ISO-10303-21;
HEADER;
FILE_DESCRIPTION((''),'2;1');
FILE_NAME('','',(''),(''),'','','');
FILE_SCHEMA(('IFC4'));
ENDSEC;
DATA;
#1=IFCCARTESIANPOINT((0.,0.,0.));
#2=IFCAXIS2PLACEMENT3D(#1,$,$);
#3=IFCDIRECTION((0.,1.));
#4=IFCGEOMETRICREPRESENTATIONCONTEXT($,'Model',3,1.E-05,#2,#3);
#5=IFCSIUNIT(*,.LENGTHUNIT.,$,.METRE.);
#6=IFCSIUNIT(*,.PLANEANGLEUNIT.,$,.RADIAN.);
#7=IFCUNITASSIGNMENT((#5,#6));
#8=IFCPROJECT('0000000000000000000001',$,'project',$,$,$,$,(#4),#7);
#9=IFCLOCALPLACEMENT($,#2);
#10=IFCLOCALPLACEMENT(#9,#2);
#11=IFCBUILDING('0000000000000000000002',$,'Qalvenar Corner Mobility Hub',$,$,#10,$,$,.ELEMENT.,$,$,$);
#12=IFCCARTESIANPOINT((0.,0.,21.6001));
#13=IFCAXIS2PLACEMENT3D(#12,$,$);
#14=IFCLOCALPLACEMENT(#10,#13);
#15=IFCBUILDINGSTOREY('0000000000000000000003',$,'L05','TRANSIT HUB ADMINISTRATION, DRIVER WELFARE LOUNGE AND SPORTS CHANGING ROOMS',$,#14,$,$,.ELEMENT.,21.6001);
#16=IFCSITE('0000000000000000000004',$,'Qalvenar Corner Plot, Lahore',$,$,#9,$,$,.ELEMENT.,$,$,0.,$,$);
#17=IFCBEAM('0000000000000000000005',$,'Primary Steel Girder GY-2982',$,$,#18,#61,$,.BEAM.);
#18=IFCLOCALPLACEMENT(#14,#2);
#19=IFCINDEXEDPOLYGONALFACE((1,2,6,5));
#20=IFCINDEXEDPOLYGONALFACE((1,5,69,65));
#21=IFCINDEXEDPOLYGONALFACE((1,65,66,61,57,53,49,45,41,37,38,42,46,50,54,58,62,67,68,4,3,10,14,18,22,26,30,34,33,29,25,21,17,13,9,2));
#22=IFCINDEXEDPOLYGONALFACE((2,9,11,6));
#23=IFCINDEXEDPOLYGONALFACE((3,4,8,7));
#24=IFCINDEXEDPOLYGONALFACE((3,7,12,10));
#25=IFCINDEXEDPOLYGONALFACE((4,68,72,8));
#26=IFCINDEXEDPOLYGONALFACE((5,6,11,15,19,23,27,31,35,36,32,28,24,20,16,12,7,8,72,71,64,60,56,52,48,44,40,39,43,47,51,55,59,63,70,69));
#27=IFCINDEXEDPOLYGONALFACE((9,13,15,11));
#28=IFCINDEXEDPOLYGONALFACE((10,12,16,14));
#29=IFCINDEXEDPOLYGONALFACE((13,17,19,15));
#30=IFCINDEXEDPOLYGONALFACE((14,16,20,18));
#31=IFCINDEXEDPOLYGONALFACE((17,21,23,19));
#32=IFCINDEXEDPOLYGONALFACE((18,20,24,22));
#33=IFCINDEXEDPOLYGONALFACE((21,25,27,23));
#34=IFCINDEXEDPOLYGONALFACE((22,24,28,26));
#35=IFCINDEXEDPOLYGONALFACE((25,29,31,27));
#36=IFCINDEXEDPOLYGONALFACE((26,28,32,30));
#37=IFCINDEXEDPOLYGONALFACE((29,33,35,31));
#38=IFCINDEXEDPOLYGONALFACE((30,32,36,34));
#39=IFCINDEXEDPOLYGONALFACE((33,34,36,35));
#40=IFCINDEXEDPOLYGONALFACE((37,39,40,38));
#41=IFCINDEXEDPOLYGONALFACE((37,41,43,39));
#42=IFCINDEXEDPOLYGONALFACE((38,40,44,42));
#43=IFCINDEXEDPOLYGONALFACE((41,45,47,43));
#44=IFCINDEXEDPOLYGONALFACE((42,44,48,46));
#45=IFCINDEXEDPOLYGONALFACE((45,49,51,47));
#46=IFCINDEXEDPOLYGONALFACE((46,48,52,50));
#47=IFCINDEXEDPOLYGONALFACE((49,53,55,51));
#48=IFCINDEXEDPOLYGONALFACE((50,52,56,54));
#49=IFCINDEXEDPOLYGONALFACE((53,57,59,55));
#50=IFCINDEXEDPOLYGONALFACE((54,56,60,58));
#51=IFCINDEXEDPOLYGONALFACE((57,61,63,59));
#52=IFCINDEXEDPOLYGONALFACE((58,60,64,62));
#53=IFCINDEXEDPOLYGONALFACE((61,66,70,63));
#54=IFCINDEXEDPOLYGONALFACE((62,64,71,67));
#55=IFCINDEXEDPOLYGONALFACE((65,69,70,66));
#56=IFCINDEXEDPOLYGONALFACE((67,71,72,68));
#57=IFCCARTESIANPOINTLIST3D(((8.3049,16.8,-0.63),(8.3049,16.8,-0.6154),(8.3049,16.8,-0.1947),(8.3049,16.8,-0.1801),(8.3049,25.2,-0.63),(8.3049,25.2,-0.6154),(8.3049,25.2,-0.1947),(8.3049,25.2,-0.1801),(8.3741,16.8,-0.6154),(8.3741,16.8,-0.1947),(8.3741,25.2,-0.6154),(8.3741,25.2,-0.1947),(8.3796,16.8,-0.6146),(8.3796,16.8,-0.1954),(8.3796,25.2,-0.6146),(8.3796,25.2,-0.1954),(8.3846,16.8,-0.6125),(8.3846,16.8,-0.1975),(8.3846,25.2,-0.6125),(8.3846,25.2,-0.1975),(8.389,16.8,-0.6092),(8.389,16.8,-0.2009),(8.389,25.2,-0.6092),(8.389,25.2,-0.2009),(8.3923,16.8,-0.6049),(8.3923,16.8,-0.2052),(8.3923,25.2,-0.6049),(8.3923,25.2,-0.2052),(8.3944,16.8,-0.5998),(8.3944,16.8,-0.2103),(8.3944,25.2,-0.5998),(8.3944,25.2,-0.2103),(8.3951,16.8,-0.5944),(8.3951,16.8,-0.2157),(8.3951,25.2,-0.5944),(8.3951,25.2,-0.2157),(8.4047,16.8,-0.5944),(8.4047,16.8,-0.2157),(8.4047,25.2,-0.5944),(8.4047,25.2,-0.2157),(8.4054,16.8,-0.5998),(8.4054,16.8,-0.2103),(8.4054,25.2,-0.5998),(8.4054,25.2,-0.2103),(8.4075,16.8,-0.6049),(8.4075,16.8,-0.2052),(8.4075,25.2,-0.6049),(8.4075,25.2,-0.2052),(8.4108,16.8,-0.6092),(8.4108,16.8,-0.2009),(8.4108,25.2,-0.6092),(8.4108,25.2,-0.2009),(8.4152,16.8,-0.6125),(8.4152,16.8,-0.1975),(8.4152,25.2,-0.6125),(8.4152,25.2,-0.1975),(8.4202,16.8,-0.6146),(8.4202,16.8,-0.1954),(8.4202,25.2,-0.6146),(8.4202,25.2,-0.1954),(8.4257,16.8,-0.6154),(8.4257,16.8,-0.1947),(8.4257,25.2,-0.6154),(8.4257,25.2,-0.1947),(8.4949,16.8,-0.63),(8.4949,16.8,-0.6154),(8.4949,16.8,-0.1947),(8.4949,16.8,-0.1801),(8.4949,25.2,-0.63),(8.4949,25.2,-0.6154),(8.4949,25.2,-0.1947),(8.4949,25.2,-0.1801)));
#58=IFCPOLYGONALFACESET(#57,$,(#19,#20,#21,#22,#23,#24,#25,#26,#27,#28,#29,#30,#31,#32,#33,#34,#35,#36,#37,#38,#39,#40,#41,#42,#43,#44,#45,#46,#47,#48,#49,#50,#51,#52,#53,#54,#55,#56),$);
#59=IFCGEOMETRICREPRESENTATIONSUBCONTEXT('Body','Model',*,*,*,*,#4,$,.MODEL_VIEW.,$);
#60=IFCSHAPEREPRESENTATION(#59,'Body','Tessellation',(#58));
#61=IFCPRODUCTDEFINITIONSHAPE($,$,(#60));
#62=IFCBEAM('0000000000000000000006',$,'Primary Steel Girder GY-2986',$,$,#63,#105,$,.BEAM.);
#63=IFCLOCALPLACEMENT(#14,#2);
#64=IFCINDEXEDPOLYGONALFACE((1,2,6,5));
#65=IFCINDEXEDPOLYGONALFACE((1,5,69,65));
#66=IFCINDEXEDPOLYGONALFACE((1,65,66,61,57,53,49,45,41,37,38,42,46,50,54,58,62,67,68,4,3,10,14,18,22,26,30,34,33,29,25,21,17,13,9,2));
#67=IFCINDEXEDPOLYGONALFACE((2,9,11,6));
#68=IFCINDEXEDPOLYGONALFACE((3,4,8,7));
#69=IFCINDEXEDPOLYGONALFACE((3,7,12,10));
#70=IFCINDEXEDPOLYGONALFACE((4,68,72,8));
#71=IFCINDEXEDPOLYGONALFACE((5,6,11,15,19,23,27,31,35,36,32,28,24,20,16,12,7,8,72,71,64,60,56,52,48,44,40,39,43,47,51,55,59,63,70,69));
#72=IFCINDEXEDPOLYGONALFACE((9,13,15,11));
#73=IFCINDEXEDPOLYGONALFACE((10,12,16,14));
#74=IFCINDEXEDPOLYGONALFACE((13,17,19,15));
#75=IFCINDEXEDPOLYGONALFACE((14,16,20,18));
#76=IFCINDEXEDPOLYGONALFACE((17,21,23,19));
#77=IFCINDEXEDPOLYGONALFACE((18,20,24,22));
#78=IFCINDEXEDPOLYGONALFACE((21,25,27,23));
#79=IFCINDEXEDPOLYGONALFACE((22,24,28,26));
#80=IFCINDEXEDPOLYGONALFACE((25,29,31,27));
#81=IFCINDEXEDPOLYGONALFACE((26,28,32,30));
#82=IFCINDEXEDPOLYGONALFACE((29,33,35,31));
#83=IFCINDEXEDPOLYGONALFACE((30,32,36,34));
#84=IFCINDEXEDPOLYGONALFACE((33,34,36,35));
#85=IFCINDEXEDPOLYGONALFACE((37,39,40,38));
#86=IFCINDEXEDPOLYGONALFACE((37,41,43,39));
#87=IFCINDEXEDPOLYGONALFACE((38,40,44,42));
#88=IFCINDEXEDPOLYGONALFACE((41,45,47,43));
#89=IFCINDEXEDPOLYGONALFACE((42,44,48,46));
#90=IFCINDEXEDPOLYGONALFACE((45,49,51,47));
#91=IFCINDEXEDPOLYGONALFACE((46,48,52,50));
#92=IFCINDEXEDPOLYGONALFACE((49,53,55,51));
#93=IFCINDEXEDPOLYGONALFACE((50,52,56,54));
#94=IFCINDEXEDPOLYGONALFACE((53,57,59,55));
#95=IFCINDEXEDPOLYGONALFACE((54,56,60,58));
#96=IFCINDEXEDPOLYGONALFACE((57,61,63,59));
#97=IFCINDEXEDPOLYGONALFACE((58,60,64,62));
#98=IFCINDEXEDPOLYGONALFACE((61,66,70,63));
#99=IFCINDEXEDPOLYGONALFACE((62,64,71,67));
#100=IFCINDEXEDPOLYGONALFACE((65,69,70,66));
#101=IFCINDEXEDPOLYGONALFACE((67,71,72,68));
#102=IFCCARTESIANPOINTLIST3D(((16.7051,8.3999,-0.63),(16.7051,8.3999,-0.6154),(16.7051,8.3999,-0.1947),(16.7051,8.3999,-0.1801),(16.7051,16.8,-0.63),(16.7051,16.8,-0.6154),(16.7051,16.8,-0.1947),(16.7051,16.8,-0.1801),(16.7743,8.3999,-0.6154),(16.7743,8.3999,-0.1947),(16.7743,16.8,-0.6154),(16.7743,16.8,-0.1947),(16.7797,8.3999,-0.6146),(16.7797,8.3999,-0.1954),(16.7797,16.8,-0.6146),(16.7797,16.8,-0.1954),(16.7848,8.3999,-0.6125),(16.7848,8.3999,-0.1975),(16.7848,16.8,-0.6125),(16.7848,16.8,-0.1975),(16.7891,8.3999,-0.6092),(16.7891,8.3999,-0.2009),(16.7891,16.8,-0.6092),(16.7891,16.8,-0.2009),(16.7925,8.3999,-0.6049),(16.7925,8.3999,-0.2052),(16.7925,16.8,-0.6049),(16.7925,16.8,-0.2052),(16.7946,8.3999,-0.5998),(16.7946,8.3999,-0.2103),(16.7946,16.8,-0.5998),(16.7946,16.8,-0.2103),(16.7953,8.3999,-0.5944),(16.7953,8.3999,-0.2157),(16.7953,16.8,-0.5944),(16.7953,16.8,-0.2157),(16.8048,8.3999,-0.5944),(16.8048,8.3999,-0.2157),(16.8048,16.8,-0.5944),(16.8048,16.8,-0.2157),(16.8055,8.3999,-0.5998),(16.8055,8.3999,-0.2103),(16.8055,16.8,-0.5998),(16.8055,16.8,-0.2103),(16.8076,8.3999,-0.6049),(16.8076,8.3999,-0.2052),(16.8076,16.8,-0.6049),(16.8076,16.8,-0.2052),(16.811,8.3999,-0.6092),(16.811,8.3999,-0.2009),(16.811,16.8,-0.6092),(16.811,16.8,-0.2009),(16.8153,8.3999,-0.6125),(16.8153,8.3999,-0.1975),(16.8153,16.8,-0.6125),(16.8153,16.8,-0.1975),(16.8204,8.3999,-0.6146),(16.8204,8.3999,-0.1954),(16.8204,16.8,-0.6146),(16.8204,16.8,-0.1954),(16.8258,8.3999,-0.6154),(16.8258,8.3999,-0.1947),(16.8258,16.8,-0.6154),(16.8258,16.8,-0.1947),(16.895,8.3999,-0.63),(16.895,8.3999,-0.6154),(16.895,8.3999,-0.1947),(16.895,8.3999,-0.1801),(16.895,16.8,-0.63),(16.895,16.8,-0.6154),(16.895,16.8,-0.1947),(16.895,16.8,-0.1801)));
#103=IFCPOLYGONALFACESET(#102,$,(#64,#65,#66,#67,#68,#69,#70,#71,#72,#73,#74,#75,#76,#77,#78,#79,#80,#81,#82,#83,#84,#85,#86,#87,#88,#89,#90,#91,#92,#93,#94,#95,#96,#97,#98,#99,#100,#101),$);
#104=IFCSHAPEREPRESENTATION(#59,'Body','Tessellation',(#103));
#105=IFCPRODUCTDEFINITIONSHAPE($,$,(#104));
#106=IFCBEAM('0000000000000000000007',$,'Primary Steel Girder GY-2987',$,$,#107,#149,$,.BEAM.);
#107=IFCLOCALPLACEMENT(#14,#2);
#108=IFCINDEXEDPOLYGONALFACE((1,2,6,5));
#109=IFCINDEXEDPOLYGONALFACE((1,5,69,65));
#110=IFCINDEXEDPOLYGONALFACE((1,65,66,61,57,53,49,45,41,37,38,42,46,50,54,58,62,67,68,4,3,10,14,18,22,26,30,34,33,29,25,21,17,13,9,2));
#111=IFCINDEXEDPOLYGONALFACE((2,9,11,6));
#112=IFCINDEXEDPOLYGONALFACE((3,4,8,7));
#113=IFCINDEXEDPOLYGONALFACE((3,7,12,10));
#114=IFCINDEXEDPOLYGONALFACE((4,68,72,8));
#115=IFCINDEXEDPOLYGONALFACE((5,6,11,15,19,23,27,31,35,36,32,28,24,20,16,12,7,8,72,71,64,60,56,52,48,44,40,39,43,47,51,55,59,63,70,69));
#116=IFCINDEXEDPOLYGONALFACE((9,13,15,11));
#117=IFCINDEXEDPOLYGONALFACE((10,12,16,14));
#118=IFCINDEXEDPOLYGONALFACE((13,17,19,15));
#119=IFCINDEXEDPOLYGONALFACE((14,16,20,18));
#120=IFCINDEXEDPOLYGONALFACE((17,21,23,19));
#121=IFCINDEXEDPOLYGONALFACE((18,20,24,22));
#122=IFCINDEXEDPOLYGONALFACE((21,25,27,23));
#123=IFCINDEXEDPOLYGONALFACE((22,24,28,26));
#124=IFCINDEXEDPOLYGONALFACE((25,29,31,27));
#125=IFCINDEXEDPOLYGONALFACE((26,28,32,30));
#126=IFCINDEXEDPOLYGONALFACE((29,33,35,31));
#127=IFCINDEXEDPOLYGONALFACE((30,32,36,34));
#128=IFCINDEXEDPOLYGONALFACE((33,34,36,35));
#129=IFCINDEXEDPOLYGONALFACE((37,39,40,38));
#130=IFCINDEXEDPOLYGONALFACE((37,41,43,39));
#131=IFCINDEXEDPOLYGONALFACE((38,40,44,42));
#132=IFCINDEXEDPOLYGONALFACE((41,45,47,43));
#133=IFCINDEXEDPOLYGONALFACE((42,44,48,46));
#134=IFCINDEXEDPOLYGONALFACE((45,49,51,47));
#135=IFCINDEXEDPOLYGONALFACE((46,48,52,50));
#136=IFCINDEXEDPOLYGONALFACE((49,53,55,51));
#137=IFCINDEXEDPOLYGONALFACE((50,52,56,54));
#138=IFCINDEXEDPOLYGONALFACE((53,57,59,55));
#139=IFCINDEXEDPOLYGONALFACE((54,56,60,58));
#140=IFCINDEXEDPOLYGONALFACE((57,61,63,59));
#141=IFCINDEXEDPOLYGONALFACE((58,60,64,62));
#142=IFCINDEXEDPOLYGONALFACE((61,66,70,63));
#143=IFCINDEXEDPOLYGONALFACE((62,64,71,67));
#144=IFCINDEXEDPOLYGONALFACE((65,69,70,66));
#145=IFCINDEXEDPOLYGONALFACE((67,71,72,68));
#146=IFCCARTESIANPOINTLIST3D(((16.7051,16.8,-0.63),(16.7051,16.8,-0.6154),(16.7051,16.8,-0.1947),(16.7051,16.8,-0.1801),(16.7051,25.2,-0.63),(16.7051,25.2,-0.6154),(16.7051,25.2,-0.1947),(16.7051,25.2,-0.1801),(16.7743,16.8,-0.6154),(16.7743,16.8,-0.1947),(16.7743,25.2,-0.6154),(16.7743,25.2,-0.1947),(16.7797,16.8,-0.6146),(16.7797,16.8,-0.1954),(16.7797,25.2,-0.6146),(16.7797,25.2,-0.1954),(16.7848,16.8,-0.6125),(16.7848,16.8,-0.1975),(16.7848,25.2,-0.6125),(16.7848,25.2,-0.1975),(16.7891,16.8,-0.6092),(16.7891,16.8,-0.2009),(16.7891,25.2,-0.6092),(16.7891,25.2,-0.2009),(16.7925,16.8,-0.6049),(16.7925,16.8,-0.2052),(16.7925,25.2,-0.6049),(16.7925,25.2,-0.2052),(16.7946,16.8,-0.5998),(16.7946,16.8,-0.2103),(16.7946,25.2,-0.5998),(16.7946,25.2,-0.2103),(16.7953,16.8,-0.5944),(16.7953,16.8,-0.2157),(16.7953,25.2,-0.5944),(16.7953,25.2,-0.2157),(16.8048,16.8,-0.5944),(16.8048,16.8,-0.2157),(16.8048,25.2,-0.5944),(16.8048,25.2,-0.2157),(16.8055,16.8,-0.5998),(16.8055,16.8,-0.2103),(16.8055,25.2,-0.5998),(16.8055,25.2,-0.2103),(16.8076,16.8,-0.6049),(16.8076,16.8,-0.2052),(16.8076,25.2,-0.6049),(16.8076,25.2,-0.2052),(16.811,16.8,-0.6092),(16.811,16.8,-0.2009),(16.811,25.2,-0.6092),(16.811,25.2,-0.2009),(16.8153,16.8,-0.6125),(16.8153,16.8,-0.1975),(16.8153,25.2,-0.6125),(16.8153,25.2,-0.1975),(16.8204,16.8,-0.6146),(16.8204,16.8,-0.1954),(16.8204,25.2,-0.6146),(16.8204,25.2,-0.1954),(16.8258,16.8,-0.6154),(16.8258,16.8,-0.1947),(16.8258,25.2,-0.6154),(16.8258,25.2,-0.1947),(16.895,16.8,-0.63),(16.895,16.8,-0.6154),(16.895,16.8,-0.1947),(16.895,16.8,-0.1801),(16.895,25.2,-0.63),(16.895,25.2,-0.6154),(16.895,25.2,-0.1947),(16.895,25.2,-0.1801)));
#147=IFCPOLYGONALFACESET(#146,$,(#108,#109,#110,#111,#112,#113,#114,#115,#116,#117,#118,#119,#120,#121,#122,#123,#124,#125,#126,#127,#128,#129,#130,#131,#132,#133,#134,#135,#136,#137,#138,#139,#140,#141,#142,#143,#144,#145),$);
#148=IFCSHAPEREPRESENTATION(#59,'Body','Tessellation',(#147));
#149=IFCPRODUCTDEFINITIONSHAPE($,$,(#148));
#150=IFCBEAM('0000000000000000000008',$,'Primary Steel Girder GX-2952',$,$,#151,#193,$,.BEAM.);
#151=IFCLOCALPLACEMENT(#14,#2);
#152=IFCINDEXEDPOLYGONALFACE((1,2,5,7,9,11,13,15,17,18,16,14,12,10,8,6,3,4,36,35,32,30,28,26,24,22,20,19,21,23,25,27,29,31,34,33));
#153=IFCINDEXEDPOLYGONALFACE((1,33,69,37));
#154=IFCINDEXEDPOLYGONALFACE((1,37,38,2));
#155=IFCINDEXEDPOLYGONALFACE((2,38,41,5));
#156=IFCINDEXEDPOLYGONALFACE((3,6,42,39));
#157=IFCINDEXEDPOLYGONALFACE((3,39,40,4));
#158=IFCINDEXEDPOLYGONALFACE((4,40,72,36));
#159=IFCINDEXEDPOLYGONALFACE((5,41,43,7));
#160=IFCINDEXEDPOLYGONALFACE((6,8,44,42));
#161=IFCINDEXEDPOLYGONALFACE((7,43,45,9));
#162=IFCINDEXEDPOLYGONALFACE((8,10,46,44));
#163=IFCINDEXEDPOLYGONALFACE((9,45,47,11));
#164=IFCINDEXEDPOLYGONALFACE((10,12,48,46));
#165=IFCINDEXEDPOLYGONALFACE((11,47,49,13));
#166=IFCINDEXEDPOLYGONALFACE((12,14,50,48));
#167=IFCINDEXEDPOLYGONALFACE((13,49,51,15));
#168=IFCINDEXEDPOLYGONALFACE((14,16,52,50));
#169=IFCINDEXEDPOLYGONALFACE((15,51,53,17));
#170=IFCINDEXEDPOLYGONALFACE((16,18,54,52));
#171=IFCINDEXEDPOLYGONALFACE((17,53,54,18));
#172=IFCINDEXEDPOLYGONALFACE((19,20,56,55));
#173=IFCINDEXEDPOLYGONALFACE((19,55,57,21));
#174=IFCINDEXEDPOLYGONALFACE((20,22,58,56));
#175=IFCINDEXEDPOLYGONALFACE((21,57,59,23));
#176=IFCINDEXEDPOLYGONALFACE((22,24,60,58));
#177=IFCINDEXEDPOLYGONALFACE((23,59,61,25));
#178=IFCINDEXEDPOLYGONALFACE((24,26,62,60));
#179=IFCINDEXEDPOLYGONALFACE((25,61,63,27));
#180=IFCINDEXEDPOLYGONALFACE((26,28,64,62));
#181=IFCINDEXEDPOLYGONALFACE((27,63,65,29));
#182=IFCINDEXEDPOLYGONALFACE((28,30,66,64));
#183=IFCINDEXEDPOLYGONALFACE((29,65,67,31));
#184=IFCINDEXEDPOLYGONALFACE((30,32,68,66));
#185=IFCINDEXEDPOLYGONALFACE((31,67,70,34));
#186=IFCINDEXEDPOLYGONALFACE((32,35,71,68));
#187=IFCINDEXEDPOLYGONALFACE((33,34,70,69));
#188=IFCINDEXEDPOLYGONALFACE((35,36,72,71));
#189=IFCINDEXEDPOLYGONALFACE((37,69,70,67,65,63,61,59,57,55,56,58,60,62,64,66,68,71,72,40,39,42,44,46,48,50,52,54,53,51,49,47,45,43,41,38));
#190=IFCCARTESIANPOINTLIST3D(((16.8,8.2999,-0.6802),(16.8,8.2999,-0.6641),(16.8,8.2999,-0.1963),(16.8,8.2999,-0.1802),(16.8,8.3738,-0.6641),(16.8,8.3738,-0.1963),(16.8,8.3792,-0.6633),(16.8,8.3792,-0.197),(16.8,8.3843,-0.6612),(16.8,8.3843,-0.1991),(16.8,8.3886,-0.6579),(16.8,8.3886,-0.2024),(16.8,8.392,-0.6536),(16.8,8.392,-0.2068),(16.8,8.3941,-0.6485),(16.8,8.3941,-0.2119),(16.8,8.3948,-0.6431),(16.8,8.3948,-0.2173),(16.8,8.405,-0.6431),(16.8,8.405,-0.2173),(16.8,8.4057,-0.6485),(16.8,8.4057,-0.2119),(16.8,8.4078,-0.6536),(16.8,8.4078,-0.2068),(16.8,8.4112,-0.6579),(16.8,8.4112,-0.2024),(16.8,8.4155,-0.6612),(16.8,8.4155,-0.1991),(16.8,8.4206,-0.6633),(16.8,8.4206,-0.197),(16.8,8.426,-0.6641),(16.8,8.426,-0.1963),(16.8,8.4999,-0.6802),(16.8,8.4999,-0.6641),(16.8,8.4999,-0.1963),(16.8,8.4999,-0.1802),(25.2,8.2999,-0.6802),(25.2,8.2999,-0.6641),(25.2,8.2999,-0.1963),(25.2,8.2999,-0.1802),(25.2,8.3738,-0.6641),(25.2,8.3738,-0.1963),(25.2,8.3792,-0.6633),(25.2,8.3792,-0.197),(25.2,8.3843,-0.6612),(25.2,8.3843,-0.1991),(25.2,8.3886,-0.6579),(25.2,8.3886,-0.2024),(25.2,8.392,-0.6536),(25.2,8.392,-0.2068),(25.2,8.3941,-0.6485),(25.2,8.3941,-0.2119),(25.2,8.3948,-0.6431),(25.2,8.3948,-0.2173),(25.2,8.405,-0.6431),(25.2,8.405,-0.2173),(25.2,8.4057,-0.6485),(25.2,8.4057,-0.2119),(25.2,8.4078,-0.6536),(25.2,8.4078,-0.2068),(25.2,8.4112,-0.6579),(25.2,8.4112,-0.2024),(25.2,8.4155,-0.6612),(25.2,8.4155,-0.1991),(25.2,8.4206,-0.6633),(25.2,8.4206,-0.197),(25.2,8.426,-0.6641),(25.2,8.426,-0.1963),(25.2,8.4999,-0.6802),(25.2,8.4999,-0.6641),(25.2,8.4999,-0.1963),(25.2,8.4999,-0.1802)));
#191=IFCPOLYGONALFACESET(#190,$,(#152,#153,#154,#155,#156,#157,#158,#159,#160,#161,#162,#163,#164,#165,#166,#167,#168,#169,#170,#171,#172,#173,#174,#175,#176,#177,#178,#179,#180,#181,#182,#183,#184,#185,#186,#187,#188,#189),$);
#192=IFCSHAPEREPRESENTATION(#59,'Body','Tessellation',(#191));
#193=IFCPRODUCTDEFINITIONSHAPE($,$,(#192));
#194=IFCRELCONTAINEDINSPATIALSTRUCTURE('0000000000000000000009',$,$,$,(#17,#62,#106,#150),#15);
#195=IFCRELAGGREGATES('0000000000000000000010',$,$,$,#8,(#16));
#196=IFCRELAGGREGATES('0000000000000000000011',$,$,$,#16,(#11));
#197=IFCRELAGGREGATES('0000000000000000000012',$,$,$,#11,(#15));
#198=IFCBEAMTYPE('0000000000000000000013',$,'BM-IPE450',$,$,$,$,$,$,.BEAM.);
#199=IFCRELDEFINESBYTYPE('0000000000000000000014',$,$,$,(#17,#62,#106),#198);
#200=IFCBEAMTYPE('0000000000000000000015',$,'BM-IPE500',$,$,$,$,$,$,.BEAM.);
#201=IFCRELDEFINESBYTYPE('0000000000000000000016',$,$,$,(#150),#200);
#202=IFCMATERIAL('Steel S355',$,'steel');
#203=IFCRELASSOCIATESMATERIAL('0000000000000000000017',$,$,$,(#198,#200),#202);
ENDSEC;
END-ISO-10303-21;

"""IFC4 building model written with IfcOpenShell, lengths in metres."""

from ifc_helpers import new_model, si_unit, direction, frame, origin, origin_2d, place, context, subcontext, project, spatial, i_section, extrude, material, material_profile, profile_set, type_object, element, save


model = new_model("IFC4")

# Units and contexts
model_context = context("Model", 3, precision=1e-05, world=origin(), true_north=direction((0.0, 1.0)))
body_context = subcontext(model_context, "Body", "Model", "MODEL_VIEW")
ifc_project = project(units=[si_unit("LENGTHUNIT", "METRE"), si_unit("PLANEANGLEUNIT", "RADIAN")], contexts=[model_context])

# Site, building, storey
site_placement = place(None, origin())
site = spatial("IfcSite", under=ifc_project, at=site_placement, Name="Qalvenar Corner Plot, Lahore", CompositionType="ELEMENT", RefElevation=0.0)
building_placement = place(site_placement, origin())
building = spatial("IfcBuilding", under=site, at=building_placement, Name="Qalvenar Corner Mobility Hub", CompositionType="ELEMENT")
storey_placement = place(building_placement, frame((0.0, 0.0, 21.6001)))
storey = spatial("IfcBuildingStorey", under=building, at=storey_placement, Name="L05", Description="TRANSIT HUB ADMINISTRATION, DRIVER WELFARE LOUNGE AND SPORTS CHANGING ROOMS", CompositionType="ELEMENT", Elevation=21.6001)

# Beams
ifc_material_1 = material(Name="Steel S355", Category="steel")
ifc_material_profile_1 = material_profile(ifc_material_1, i_section(OverallWidth=0.1899, OverallDepth=0.45, WebThickness=0.0095, FlangeThickness=0.0146, FilletRadius=0.021, at=origin_2d()), Name="IPE450")
ifc_profile_set_1 = profile_set([ifc_material_profile_1], Name="Steel S355")
beam_type_1 = type_object("IfcBeamType", Name="BM-IPE450", PredefinedType="BEAM", material=ifc_profile_set_1)
beam_1_placement = place(storey_placement, frame((8.3999, 16.8, -0.405), z_axis=(0.0, 1.0, 0.0), x_axis=(-1.0, 0.0, 0.0)))
element("IfcBeam", 1, at=beam_1_placement, inside=storey, type_object=beam_type_1, Name="Primary Steel Girder GY-2982", PredefinedType="BEAM", context=body_context, shape_type="SweptSolid", body=[
    extrude(i_section(OverallWidth=0.1899, OverallDepth=0.45, WebThickness=0.0095, FlangeThickness=0.0146, FilletRadius=0.021, at=origin_2d()), origin(), (0.0, 0.0, 1.0), 8.3999),
])
beam_2_placement = place(storey_placement, frame((16.8, 8.3999, -0.405), z_axis=(0.0, 1.0, 0.0), x_axis=(-1.0, 0.0, 0.0)))
element("IfcBeam", 2, at=beam_2_placement, inside=storey, type_object=beam_type_1, Name="Primary Steel Girder GY-2986", PredefinedType="BEAM", context=body_context, shape_type="SweptSolid", body=[
    extrude(i_section(OverallWidth=0.1899, OverallDepth=0.45, WebThickness=0.0095, FlangeThickness=0.0146, FilletRadius=0.021, at=origin_2d()), origin(), (0.0, 0.0, 1.0), 8.4001),
])
beam_3_placement = place(storey_placement, frame((16.8, 16.8, -0.405), z_axis=(0.0, 1.0, 0.0), x_axis=(-1.0, 0.0, 0.0)))
element("IfcBeam", 3, at=beam_3_placement, inside=storey, type_object=beam_type_1, Name="Primary Steel Girder GY-2987", PredefinedType="BEAM", context=body_context, shape_type="SweptSolid", body=[
    extrude(i_section(OverallWidth=0.1899, OverallDepth=0.45, WebThickness=0.0095, FlangeThickness=0.0146, FilletRadius=0.021, at=origin_2d()), origin(), (0.0, 0.0, 1.0), 8.3999),
])
ifc_material_profile_2 = material_profile(ifc_material_1, i_section(OverallWidth=0.2, OverallDepth=0.5, WebThickness=0.0103, FlangeThickness=0.0161, FilletRadius=0.021, at=origin_2d()), Name="IPE500")
ifc_profile_set_2 = profile_set([ifc_material_profile_2], Name="Steel S355")
beam_type_2 = type_object("IfcBeamType", Name="BM-IPE500", PredefinedType="BEAM", material=ifc_profile_set_2)
for number, where, z_axis, x_axis, name in (
    (4, (16.8, 8.3999, -0.4302), (1.0, 0.0, 0.0), (0.0, 1.0, 0.0), "Primary Steel Girder GX-2952"),
):
    element("IfcBeam", number, at=place(storey_placement, frame(where, z_axis=z_axis, x_axis=x_axis)), inside=storey, type_object=beam_type_2, Name=name, PredefinedType="BEAM", context=body_context, shape_type="SweptSolid", body=[
        extrude(i_section(OverallWidth=0.2, OverallDepth=0.5, WebThickness=0.0103, FlangeThickness=0.0161, FilletRadius=0.021, at=origin_2d()), origin(), (0.0, 0.0, 1.0), 8.3999),
    ])

save(model, "model.ifc")
